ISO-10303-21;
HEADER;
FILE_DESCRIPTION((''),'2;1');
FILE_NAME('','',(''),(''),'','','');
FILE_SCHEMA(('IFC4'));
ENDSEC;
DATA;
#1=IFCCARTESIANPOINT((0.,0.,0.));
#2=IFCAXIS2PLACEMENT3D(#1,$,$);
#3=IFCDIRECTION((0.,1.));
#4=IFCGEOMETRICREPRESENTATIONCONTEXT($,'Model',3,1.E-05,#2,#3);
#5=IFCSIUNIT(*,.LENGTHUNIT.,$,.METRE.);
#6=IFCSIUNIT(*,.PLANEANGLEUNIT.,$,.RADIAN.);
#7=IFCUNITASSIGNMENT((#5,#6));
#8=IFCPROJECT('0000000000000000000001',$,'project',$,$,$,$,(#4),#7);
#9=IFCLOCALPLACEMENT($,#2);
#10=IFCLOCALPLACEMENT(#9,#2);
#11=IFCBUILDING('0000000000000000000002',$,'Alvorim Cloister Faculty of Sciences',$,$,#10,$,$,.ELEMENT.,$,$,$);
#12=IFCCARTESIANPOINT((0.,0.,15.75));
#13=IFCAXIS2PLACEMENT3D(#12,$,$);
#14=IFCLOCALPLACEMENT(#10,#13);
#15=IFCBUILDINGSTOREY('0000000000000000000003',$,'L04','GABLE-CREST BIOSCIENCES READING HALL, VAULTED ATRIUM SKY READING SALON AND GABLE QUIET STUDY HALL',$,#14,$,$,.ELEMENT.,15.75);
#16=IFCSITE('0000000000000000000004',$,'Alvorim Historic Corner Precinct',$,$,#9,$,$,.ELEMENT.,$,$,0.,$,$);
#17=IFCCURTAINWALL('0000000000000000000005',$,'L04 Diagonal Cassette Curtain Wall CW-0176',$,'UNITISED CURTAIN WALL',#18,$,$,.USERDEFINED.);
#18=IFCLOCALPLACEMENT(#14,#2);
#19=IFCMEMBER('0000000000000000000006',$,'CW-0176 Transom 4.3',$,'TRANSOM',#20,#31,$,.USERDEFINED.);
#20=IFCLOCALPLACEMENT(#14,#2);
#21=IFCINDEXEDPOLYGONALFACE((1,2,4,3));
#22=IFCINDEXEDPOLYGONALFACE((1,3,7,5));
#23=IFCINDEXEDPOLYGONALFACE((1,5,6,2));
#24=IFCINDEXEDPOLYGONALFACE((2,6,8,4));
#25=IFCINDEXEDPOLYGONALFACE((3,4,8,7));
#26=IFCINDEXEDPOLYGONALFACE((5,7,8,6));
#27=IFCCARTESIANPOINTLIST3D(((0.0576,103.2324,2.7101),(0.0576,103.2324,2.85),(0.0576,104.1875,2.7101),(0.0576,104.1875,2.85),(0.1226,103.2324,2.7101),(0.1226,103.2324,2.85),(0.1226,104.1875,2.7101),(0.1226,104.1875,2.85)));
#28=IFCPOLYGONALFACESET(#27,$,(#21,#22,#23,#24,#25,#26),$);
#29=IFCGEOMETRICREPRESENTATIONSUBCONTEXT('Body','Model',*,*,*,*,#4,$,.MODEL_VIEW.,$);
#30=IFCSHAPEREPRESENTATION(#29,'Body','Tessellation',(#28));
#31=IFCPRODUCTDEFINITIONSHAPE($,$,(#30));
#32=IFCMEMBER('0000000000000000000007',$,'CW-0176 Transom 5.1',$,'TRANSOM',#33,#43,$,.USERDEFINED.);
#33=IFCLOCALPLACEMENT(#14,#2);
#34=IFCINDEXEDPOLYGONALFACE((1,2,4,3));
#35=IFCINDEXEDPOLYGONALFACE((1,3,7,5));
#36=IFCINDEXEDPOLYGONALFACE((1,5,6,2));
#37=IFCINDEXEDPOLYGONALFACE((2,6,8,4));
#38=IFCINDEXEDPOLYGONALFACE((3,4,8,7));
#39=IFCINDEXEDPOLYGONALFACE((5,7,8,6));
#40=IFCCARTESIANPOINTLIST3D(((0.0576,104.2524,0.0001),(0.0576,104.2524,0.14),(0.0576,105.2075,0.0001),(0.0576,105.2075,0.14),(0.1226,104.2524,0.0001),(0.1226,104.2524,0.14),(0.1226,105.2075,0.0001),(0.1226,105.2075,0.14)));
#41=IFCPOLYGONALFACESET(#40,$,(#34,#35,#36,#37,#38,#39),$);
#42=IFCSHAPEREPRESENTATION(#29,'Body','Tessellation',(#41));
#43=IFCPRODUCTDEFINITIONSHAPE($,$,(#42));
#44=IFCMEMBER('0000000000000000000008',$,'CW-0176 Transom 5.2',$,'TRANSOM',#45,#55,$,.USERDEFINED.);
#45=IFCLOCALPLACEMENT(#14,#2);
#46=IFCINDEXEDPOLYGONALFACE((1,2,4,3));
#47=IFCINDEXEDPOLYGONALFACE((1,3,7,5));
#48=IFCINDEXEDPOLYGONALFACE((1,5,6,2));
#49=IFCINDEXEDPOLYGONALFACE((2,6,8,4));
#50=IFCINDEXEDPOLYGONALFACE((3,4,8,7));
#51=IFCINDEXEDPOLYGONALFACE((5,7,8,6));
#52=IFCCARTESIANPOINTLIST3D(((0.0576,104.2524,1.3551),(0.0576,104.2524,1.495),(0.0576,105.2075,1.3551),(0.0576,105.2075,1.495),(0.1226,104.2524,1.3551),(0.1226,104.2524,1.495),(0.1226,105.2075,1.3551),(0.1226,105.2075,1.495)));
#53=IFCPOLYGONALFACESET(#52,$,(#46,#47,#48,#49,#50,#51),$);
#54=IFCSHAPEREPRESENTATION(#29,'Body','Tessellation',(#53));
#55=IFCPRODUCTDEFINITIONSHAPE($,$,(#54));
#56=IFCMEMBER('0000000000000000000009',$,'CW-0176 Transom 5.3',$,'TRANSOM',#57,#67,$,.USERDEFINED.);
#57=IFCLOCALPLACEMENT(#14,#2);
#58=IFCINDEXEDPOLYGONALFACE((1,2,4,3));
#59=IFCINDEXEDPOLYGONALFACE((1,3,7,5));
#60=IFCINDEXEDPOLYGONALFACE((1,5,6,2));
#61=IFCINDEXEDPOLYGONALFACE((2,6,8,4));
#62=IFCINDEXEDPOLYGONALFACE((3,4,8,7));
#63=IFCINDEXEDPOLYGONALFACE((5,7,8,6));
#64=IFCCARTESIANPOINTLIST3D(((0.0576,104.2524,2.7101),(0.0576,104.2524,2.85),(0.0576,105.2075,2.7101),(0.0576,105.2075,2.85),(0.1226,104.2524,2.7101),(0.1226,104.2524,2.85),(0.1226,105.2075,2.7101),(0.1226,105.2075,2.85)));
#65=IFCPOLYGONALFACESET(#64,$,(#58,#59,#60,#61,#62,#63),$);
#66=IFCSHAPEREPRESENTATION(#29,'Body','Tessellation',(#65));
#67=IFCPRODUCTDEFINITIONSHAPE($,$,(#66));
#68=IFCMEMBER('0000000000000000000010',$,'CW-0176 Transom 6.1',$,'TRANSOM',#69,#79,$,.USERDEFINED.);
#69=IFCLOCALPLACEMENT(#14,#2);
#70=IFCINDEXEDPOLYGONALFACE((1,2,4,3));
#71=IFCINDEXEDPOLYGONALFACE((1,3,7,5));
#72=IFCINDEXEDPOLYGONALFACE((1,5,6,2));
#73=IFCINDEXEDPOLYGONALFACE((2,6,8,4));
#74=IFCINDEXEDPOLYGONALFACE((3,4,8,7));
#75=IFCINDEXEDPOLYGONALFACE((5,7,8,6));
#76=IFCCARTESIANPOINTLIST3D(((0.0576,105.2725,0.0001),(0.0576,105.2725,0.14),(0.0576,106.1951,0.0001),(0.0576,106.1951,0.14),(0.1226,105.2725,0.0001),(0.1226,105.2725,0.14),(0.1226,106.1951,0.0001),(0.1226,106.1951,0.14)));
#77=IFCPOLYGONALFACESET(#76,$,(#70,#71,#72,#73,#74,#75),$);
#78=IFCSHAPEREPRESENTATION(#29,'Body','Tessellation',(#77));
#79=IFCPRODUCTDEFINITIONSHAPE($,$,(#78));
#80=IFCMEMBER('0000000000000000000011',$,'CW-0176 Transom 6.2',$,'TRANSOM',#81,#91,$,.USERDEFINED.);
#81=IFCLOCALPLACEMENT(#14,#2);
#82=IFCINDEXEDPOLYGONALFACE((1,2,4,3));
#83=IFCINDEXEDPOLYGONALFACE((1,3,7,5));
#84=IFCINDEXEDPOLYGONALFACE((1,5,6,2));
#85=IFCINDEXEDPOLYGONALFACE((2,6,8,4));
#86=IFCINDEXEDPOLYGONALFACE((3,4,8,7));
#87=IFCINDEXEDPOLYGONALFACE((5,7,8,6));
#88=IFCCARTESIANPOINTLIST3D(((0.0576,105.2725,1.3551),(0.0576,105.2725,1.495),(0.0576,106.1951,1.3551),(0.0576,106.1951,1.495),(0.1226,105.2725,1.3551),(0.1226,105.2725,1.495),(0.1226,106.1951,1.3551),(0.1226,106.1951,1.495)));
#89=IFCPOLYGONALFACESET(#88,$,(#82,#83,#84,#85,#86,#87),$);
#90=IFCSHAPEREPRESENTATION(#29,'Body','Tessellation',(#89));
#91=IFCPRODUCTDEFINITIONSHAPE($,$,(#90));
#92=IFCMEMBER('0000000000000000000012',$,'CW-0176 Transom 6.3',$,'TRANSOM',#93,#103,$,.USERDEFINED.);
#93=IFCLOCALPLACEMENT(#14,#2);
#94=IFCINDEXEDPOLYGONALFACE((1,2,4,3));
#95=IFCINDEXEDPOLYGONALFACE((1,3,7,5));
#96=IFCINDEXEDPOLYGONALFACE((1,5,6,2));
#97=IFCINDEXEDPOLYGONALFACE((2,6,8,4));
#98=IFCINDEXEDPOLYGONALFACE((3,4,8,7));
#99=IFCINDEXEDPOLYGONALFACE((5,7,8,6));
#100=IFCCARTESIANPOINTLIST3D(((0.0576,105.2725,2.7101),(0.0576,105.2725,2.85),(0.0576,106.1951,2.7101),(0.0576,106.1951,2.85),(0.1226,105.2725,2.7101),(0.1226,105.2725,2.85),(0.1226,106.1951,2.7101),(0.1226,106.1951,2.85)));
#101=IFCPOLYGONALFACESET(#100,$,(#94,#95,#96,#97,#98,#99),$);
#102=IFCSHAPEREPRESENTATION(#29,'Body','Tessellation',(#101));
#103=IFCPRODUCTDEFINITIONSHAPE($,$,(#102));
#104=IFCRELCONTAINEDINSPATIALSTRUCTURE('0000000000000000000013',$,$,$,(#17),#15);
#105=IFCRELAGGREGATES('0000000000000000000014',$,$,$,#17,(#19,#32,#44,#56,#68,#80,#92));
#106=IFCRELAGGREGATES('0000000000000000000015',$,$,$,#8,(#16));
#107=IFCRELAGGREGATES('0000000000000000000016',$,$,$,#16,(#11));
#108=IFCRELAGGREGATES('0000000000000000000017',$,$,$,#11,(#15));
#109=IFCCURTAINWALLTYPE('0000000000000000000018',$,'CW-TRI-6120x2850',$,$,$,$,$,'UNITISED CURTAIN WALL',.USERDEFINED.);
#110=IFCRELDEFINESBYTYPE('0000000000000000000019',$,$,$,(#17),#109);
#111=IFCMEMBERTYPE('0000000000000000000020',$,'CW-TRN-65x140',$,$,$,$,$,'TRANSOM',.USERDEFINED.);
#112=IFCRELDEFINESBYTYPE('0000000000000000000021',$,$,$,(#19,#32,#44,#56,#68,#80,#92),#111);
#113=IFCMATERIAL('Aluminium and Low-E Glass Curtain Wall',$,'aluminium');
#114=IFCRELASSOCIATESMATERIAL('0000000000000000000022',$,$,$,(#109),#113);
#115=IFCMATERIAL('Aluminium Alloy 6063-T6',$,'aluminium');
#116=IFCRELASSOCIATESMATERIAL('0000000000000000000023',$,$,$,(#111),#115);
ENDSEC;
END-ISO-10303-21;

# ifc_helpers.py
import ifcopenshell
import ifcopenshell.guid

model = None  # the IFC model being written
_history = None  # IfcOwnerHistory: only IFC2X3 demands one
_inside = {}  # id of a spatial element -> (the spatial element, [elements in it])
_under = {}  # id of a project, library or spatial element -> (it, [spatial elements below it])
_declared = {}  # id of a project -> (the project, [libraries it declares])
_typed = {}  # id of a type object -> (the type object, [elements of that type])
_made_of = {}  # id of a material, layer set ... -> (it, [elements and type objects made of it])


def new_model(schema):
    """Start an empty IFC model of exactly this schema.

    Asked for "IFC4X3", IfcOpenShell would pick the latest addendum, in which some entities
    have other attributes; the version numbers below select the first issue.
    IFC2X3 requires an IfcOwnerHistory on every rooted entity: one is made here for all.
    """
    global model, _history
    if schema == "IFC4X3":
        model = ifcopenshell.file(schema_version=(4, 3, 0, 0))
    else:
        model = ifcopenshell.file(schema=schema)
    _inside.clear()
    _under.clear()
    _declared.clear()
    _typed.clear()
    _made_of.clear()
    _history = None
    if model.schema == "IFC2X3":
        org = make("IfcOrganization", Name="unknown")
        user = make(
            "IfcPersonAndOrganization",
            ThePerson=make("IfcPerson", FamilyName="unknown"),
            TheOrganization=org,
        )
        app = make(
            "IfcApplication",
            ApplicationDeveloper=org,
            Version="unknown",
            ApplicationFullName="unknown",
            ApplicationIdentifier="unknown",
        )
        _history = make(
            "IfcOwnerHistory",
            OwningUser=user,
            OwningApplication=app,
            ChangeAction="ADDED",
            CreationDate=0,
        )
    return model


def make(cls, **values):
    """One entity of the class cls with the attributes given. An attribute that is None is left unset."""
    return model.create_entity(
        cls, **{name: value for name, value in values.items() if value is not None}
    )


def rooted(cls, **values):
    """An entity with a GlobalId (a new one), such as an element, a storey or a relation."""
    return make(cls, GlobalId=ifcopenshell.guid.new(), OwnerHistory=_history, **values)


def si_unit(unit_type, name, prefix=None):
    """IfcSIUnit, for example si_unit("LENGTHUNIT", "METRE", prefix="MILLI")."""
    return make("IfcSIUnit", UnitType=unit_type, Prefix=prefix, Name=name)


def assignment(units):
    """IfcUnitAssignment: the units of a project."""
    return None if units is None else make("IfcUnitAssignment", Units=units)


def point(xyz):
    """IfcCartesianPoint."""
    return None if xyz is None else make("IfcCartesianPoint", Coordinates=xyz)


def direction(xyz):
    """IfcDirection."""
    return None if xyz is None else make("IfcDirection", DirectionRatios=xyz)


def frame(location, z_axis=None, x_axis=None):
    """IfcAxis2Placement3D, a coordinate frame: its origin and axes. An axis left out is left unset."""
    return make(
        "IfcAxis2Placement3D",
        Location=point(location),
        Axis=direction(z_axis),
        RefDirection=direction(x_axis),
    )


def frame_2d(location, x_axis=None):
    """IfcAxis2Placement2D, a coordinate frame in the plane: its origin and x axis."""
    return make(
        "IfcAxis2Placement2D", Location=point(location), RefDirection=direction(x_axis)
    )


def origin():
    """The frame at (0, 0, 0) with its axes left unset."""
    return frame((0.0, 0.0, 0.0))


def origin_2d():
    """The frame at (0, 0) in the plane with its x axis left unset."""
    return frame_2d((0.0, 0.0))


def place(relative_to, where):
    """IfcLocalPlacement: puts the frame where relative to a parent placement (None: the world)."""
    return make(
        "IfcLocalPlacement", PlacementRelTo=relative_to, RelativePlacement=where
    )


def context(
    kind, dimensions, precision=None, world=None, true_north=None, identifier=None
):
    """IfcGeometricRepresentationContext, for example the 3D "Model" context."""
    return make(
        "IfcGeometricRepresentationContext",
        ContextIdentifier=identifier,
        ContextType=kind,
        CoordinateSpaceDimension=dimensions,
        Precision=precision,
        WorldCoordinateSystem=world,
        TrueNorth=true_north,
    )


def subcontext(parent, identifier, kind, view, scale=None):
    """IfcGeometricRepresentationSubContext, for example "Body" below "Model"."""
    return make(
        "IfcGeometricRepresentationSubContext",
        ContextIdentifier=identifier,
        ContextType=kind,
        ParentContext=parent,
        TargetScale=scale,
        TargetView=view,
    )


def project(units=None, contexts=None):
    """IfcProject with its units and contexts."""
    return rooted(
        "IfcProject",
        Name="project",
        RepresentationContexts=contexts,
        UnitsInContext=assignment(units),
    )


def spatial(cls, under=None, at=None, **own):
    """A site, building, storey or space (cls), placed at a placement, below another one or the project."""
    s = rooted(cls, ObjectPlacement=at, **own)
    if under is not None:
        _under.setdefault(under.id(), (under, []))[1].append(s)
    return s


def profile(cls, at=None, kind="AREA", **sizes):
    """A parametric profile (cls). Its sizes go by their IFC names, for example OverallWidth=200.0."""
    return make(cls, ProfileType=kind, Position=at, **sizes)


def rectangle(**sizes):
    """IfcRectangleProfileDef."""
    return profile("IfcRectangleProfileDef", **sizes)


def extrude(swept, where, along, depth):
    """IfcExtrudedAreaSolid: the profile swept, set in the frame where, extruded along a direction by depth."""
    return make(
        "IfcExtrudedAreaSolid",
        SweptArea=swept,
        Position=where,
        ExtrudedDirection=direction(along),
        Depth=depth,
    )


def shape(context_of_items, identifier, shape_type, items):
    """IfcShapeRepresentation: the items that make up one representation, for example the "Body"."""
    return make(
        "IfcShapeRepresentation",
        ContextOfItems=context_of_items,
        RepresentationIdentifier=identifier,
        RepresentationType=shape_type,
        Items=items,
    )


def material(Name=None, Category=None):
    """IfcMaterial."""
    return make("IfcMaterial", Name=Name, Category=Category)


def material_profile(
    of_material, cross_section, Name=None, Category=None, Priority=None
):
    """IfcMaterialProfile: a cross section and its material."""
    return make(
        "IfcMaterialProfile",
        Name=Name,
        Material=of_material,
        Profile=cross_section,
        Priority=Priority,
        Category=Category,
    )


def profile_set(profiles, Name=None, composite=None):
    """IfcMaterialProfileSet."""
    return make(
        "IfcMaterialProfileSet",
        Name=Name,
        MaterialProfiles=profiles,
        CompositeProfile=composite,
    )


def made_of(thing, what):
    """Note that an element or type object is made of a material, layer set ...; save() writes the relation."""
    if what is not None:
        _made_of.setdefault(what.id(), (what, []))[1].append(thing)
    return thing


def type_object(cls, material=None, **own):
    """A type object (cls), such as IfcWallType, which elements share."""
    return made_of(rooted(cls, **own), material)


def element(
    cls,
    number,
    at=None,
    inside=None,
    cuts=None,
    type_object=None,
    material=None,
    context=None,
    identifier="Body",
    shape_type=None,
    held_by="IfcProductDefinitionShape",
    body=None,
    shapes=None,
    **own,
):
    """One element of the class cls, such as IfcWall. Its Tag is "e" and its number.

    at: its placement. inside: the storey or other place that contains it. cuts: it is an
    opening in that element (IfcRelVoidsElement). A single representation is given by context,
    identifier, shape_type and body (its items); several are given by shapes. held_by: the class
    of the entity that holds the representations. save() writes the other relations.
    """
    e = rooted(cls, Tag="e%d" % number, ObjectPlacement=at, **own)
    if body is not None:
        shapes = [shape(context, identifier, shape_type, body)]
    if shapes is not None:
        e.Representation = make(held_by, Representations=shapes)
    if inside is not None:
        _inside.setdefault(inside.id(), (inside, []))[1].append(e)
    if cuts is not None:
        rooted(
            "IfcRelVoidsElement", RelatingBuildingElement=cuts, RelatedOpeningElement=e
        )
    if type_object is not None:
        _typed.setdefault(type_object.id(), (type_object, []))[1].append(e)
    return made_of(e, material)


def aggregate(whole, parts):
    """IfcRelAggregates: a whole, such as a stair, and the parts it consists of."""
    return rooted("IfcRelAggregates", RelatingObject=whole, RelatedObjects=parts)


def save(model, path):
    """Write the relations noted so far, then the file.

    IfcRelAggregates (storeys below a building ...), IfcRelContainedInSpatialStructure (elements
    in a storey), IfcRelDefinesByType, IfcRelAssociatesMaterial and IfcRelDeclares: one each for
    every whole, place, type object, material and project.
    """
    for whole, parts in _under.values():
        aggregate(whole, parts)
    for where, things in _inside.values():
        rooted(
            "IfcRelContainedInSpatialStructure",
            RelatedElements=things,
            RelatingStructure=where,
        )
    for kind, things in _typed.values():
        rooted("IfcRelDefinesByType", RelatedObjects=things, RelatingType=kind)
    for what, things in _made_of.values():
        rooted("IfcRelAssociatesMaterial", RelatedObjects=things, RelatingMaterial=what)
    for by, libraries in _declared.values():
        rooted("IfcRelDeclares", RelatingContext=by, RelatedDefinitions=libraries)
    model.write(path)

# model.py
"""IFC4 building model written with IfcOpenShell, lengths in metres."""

from ifc_helpers import new_model, si_unit, direction, frame, origin, origin_2d, place, context, subcontext, project, spatial, rectangle, extrude, material, material_profile, profile_set, type_object, element, aggregate, save


model = new_model("IFC4")

# Units and contexts
model_context = context("Model", 3, precision=1e-05, world=origin(), true_north=direction((0.0, 1.0)))
body_context = subcontext(model_context, "Body", "Model", "MODEL_VIEW")
ifc_project = project(units=[si_unit("LENGTHUNIT", "METRE"), si_unit("PLANEANGLEUNIT", "RADIAN")], contexts=[model_context])

# Site, building, storey
site_placement = place(None, origin())
site = spatial("IfcSite", under=ifc_project, at=site_placement, Name="Alvorim Historic Corner Precinct", CompositionType="ELEMENT", RefElevation=0.0)
building_placement = place(site_placement, origin())
building = spatial("IfcBuilding", under=site, at=building_placement, Name="Alvorim Cloister Faculty of Sciences", CompositionType="ELEMENT")
storey_placement = place(building_placement, frame((0.0, 0.0, 15.75)))
storey = spatial("IfcBuildingStorey", under=building, at=storey_placement, Name="L04", Description="GABLE-CREST BIOSCIENCES READING HALL, VAULTED ATRIUM SKY READING SALON AND GABLE QUIET STUDY HALL", CompositionType="ELEMENT", Elevation=15.75)

# Curtain wall
ifc_material_1 = material(Name="Aluminium and Low-E Glass Curtain Wall", Category="aluminium")
curtain_wall_type_1 = type_object("IfcCurtainWallType", Name="CW-TRI-6120x2850", ElementType="UNITISED CURTAIN WALL", PredefinedType="USERDEFINED", material=ifc_material_1)
curtain_wall_1_placement = place(storey_placement, origin())
curtain_wall_1 = element("IfcCurtainWall", 1, at=curtain_wall_1_placement, inside=storey, type_object=curtain_wall_type_1, Name="L04 Diagonal Cassette Curtain Wall CW-0176", ObjectType="UNITISED CURTAIN WALL", PredefinedType="USERDEFINED")
ifc_material_2 = material(Name="Aluminium Alloy 6063-T6", Category="aluminium")

# Members
ifc_material_profile_1 = material_profile(ifc_material_2, rectangle(XDim=0.0649, YDim=0.1399, at=origin_2d()), Name="ALU-TRN-65x140")
ifc_profile_set_1 = profile_set([ifc_material_profile_1], Name="Aluminium Alloy 6063-T6")
member_type_1 = type_object("IfcMemberType", Name="CW-TRN-65x140", ElementType="TRANSOM", PredefinedType="USERDEFINED", material=ifc_profile_set_1)
member_1_placement = place(storey_placement, frame((0.0901, 103.2324, 2.78), z_axis=(0.0, 1.0, 0.0), x_axis=(-1.0, 0.0, 0.0)))
member_1 = element("IfcMember", 2, at=member_1_placement, type_object=member_type_1, Name="CW-0176 Transom 4.3", ObjectType="TRANSOM", PredefinedType="USERDEFINED", context=body_context, shape_type="SweptSolid", body=[
    extrude(rectangle(XDim=0.0649, YDim=0.1399, at=origin_2d()), origin(), (0.0, 0.0, 1.0), 0.9551),
])
member_2_placement = place(storey_placement, frame((0.0901, 104.2524, 0.0701), z_axis=(0.0, 1.0, 0.0), x_axis=(-1.0, 0.0, 0.0)))
member_2 = element("IfcMember", 3, at=member_2_placement, type_object=member_type_1, Name="CW-0176 Transom 5.1", ObjectType="TRANSOM", PredefinedType="USERDEFINED", context=body_context, shape_type="SweptSolid", body=[
    extrude(rectangle(XDim=0.0649, YDim=0.1399, at=origin_2d()), origin(), (0.0, 0.0, 1.0), 0.9551),
])
member_3_placement = place(storey_placement, frame((0.0901, 104.2524, 1.425), z_axis=(0.0, 1.0, 0.0), x_axis=(-1.0, 0.0, 0.0)))
member_3 = element("IfcMember", 4, at=member_3_placement, type_object=member_type_1, Name="CW-0176 Transom 5.2", ObjectType="TRANSOM", PredefinedType="USERDEFINED", context=body_context, shape_type="SweptSolid", body=[
    extrude(rectangle(XDim=0.0649, YDim=0.1399, at=origin_2d()), origin(), (0.0, 0.0, 1.0), 0.9551),
])
member_4_placement = place(storey_placement, frame((0.0901, 104.2524, 2.78), z_axis=(0.0, 1.0, 0.0), x_axis=(-1.0, 0.0, 0.0)))
member_4 = element("IfcMember", 5, at=member_4_placement, type_object=member_type_1, Name="CW-0176 Transom 5.3", ObjectType="TRANSOM", PredefinedType="USERDEFINED", context=body_context, shape_type="SweptSolid", body=[
    extrude(rectangle(XDim=0.0649, YDim=0.1399, at=origin_2d()), origin(), (0.0, 0.0, 1.0), 0.9551),
])
member_5_placement = place(storey_placement, frame((0.0901, 105.2725, 0.0701), z_axis=(0.0, 1.0, 0.0), x_axis=(-1.0, 0.0, 0.0)))
member_5 = element("IfcMember", 6, at=member_5_placement, type_object=member_type_1, Name="CW-0176 Transom 6.1", ObjectType="TRANSOM", PredefinedType="USERDEFINED", context=body_context, shape_type="SweptSolid", body=[
    extrude(rectangle(XDim=0.0649, YDim=0.1399, at=origin_2d()), origin(), (0.0, 0.0, 1.0), 0.9226),
])
member_6_placement = place(storey_placement, frame((0.0901, 105.2725, 1.425), z_axis=(0.0, 1.0, 0.0), x_axis=(-1.0, 0.0, 0.0)))
member_6 = element("IfcMember", 7, at=member_6_placement, type_object=member_type_1, Name="CW-0176 Transom 6.2", ObjectType="TRANSOM", PredefinedType="USERDEFINED", context=body_context, shape_type="SweptSolid", body=[
    extrude(rectangle(XDim=0.0649, YDim=0.1399, at=origin_2d()), origin(), (0.0, 0.0, 1.0), 0.9226),
])
member_7_placement = place(storey_placement, frame((0.0901, 105.2725, 2.78), z_axis=(0.0, 1.0, 0.0), x_axis=(-1.0, 0.0, 0.0)))
member_7 = element("IfcMember", 8, at=member_7_placement, type_object=member_type_1, Name="CW-0176 Transom 6.3", ObjectType="TRANSOM", PredefinedType="USERDEFINED", context=body_context, shape_type="SweptSolid", body=[
    extrude(rectangle(XDim=0.0649, YDim=0.1399, at=origin_2d()), origin(), (0.0, 0.0, 1.0), 0.9226),
])
aggregate(curtain_wall_1, [member_1, member_2, member_3, member_4, member_5, member_6, member_7])

save(model, "model.ifc")
